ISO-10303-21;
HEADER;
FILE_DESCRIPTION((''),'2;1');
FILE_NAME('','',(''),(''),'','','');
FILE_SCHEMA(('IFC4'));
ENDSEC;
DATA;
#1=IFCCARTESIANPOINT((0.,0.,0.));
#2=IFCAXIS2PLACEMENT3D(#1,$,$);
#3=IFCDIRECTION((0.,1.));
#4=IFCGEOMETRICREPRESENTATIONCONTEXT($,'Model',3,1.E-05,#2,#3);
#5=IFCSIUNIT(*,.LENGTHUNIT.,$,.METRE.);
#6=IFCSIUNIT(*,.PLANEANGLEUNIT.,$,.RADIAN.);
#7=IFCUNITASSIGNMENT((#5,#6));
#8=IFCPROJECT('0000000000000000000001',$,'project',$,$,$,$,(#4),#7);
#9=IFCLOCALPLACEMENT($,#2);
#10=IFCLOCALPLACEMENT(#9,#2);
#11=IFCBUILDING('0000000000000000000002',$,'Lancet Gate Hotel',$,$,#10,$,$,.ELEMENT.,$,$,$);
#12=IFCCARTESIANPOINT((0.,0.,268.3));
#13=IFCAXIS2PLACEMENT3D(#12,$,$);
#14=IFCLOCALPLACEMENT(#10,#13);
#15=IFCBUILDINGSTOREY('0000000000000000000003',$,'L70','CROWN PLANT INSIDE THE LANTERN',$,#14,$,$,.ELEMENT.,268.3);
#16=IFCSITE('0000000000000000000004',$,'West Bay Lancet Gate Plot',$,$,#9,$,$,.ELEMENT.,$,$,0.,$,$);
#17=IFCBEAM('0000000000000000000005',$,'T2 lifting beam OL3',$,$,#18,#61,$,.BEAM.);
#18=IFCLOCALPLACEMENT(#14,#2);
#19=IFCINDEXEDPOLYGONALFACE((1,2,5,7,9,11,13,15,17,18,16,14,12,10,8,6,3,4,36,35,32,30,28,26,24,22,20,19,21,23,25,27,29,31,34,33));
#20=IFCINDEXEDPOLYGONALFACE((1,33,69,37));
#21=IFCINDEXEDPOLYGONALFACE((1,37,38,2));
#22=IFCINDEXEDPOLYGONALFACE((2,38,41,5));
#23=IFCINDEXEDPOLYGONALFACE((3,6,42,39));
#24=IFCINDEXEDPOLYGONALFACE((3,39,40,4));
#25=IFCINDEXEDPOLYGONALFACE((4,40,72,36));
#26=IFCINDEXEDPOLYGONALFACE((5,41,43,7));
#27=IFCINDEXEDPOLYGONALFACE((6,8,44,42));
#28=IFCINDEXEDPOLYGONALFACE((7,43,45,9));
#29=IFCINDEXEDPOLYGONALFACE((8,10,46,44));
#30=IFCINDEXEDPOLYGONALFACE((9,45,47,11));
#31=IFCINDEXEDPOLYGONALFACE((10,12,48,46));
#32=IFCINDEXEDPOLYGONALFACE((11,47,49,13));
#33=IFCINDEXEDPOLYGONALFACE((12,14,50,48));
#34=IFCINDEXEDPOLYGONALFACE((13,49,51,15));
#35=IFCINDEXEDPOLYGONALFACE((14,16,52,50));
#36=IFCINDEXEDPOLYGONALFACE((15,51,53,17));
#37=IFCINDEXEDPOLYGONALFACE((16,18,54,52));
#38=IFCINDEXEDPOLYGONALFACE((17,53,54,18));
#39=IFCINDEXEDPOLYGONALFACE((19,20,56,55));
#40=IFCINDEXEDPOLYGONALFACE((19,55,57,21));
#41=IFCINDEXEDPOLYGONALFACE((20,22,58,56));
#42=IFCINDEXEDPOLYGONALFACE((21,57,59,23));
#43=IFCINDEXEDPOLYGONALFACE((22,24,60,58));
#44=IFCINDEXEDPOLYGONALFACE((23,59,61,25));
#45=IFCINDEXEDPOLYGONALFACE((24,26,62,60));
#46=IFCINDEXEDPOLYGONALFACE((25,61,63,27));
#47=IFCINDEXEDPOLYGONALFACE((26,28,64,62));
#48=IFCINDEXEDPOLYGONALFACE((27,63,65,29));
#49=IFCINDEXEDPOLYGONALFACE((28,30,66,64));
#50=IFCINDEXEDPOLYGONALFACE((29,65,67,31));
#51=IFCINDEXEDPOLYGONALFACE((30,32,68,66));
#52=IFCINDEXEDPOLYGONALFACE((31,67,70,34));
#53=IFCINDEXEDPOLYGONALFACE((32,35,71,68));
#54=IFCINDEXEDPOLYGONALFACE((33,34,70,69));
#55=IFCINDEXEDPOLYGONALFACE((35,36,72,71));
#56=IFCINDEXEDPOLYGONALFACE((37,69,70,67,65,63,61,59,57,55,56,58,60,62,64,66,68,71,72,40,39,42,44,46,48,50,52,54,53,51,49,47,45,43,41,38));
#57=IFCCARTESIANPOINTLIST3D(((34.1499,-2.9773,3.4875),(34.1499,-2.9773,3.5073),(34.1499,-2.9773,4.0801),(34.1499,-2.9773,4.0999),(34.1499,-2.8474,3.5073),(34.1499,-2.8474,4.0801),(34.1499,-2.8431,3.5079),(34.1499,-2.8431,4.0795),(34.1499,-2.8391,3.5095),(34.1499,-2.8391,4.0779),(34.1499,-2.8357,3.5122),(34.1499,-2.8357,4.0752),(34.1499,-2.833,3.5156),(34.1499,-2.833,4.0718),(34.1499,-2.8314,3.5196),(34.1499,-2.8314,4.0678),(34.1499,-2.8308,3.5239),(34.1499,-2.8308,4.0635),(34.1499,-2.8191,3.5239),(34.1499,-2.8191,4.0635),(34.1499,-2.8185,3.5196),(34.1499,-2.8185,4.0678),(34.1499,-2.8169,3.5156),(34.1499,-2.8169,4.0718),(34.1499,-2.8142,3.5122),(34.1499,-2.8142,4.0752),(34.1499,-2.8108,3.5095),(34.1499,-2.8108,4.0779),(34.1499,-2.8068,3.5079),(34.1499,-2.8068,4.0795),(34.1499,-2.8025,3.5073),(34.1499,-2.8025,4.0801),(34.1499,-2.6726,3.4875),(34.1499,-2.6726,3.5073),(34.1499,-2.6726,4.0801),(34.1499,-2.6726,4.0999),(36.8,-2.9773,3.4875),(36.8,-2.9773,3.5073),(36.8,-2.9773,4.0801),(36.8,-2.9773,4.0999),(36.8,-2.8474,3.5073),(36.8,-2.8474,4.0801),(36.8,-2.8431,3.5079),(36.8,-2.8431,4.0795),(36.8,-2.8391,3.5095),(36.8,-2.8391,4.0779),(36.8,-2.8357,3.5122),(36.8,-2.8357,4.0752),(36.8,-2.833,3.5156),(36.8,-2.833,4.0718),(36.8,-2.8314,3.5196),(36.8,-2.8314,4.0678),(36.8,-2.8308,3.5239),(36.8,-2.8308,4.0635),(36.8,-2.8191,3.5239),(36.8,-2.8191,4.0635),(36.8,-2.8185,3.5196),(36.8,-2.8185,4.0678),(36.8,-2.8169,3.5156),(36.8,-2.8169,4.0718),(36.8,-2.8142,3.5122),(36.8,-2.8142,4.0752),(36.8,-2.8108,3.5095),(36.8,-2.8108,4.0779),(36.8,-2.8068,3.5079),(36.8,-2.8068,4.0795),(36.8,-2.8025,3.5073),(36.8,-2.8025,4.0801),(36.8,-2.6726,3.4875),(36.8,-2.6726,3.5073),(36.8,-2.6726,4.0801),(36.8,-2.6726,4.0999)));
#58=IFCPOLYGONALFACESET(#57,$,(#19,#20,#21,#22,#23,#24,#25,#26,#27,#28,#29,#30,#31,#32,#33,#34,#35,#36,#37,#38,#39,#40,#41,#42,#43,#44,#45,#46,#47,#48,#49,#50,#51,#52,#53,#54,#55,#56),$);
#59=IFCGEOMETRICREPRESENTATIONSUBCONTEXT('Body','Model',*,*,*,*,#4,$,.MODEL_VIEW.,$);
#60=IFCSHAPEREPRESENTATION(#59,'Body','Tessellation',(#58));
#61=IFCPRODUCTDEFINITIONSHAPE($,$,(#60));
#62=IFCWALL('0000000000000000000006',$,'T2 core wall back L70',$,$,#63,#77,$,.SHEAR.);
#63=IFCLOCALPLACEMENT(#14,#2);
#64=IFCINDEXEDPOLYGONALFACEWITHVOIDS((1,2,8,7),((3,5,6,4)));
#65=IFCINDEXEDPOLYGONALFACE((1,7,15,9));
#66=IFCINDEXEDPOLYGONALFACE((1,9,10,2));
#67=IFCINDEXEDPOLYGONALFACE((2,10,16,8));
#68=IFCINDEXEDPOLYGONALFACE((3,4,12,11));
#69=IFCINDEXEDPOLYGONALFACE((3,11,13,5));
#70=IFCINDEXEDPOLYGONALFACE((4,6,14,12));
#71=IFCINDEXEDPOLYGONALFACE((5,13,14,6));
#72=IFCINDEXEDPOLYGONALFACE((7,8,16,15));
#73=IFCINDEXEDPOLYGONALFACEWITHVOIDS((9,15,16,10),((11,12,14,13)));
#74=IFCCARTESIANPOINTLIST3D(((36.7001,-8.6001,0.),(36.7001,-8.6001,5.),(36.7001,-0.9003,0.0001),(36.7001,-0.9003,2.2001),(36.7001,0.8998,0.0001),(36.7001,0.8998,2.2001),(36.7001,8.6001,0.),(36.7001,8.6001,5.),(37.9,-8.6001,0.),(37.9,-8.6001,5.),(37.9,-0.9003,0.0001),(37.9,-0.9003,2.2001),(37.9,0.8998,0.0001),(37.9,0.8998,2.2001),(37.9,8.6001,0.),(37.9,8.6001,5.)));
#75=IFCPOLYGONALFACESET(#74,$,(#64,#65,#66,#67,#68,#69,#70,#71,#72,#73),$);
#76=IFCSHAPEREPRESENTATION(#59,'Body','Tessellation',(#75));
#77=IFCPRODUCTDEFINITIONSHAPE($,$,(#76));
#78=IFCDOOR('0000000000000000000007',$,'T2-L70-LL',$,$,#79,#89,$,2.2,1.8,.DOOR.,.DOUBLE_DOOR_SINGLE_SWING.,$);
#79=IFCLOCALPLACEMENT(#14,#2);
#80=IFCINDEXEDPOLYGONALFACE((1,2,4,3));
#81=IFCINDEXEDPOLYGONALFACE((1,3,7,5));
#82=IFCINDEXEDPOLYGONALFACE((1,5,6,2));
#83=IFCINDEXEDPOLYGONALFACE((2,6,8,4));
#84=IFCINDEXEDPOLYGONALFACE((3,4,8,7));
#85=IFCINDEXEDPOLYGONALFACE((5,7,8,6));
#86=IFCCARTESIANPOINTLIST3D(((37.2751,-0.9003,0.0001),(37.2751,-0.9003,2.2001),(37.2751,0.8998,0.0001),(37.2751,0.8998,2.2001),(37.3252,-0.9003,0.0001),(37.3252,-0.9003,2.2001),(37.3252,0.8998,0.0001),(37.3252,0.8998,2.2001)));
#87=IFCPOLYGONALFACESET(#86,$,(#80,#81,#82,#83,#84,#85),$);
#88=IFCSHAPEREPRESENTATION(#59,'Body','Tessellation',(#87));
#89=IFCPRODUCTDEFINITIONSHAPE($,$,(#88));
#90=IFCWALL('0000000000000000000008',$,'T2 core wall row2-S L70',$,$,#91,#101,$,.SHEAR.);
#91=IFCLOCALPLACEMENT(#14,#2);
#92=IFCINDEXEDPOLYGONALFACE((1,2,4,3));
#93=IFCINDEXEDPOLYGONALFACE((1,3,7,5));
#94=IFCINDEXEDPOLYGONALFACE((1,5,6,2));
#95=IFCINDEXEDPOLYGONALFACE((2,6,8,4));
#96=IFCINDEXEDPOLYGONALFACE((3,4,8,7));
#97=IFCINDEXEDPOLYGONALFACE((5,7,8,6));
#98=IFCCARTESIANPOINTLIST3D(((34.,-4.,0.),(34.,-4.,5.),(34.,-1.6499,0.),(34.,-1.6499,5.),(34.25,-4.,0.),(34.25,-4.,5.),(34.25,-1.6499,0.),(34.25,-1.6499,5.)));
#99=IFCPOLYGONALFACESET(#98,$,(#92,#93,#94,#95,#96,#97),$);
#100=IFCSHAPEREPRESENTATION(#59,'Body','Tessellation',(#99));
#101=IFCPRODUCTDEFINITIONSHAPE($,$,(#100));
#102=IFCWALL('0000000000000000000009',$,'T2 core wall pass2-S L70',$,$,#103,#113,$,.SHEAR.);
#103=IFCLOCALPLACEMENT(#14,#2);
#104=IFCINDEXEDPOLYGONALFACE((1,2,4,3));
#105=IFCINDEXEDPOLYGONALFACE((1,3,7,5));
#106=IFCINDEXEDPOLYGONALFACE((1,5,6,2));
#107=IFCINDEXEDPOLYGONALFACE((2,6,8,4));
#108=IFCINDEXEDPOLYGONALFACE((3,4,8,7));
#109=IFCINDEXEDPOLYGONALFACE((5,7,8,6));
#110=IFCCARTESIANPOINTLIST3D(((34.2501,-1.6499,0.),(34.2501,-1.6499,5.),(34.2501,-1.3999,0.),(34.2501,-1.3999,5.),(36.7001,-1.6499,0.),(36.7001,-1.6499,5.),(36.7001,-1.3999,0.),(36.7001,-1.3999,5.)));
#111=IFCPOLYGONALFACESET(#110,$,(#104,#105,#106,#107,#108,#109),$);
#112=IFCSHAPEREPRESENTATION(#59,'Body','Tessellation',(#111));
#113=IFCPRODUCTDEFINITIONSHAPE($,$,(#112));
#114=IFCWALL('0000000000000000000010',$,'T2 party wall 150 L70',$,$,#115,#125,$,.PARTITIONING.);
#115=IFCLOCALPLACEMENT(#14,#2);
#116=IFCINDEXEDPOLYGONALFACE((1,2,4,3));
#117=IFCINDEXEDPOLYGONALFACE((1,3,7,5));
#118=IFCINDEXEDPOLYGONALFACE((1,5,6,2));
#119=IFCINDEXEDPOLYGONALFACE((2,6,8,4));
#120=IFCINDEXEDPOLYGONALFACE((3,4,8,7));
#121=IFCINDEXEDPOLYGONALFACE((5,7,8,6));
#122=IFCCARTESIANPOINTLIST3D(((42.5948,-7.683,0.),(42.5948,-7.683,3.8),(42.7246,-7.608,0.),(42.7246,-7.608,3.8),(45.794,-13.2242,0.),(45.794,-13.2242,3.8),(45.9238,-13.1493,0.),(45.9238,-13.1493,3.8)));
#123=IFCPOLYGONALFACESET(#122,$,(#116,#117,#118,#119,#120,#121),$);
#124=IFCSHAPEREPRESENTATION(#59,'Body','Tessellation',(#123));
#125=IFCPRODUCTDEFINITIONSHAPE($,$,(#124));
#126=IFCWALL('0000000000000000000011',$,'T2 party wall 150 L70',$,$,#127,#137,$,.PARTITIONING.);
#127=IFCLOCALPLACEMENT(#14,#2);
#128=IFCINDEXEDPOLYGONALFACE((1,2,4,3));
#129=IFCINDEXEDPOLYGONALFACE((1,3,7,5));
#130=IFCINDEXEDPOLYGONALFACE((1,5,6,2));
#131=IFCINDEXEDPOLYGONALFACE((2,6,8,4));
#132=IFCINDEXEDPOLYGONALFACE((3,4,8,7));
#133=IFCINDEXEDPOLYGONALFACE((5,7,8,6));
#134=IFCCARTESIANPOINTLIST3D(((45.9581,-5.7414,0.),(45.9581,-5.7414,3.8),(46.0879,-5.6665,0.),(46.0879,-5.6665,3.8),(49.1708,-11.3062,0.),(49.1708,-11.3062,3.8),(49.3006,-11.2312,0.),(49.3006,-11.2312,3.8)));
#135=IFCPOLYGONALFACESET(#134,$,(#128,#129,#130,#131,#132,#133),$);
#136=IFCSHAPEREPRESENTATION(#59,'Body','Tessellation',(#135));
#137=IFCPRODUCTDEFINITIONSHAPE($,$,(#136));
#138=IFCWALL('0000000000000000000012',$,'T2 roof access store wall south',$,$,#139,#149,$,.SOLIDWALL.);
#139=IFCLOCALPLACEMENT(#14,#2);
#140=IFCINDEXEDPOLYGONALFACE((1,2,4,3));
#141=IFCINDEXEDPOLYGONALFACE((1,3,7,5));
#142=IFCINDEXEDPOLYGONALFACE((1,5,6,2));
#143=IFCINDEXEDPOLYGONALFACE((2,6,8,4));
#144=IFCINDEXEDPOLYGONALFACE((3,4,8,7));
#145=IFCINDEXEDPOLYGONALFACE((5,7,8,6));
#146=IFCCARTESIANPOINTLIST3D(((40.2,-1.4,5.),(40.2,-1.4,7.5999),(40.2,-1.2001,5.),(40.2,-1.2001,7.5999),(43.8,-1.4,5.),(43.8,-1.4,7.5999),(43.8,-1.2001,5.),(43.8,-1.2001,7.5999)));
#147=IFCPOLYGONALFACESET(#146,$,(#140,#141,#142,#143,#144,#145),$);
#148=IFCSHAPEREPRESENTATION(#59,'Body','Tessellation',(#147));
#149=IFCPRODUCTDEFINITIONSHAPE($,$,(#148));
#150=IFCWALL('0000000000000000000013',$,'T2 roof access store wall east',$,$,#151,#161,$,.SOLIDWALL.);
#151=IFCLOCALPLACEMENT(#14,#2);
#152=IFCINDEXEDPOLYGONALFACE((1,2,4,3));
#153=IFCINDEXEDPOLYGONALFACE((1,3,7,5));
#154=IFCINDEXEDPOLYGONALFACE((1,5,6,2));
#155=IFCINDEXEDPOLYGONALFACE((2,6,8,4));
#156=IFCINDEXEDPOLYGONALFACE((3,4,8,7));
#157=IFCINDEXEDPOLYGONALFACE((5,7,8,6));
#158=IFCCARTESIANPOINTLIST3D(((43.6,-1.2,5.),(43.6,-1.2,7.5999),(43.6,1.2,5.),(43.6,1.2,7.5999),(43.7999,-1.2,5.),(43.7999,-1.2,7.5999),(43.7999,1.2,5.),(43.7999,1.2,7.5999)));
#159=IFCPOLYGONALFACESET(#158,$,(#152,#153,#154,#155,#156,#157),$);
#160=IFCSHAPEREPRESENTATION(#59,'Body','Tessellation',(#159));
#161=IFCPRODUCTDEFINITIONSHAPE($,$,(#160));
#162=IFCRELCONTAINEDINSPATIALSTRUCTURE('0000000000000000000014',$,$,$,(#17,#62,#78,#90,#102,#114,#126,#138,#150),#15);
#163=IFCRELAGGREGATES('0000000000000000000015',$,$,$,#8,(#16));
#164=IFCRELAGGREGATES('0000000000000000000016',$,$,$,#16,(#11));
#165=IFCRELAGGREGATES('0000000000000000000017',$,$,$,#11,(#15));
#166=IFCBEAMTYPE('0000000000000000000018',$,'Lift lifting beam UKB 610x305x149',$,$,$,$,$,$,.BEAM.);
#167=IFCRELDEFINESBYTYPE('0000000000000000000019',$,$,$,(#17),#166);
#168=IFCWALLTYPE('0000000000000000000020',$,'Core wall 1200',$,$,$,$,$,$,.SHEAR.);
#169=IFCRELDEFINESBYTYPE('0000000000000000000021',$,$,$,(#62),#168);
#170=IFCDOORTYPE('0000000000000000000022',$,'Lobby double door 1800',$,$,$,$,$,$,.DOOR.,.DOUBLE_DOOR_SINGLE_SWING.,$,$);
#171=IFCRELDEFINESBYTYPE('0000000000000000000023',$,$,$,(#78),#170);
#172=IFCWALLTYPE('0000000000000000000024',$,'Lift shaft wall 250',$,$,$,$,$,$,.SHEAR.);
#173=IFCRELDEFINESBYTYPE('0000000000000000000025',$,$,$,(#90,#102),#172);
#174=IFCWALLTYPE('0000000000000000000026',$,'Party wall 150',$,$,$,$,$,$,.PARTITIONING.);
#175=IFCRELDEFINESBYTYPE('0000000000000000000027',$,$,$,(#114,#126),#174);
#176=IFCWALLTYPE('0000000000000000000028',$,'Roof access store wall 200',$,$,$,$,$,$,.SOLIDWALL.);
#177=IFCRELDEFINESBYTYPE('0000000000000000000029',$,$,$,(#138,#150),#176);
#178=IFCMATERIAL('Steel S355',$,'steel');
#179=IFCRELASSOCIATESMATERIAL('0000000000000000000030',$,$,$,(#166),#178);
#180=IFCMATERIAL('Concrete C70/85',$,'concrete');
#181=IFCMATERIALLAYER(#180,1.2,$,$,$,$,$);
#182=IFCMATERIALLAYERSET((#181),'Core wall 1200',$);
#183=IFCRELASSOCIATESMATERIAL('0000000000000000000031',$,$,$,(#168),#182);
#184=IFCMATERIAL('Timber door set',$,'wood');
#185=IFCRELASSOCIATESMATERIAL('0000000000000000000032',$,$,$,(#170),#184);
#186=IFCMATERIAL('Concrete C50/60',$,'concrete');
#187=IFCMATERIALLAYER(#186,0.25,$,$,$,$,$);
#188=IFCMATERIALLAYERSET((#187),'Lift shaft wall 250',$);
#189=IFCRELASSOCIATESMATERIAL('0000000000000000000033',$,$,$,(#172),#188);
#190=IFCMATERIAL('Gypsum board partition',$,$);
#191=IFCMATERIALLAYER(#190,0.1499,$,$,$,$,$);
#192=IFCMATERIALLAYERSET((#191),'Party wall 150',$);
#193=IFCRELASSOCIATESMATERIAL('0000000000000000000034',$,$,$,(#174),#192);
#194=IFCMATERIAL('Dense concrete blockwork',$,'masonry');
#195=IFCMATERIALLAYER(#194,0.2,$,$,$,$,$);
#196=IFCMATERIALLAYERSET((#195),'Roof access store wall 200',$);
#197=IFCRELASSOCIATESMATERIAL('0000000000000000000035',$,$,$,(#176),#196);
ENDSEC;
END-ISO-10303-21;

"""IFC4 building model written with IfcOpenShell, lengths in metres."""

from ifc_helpers import new_model, si_unit, direction, frame, frame_2d, origin, origin_2d, place, context, subcontext, project, spatial, rectangle, i_section, extrude, material, layer, layer_set, material_profile, profile_set, type_object, element, fill, save


model = new_model("IFC4")

# Units and contexts
model_context = context("Model", 3, precision=1e-05, world=origin(), true_north=direction((0.0, 1.0)))
body_context = subcontext(model_context, "Body", "Model", "MODEL_VIEW")
ifc_project = project(units=[si_unit("LENGTHUNIT", "METRE"), si_unit("PLANEANGLEUNIT", "RADIAN")], contexts=[model_context])

# Site, building, storey
site_placement = place(None, origin())
site = spatial("IfcSite", under=ifc_project, at=site_placement, Name="West Bay Lancet Gate Plot", CompositionType="ELEMENT", RefElevation=0.0)
building_placement = place(site_placement, origin())
building = spatial("IfcBuilding", under=site, at=building_placement, Name="Lancet Gate Hotel", CompositionType="ELEMENT")
storey_placement = place(building_placement, frame((0.0, 0.0, 268.3)))
storey = spatial("IfcBuildingStorey", under=building, at=storey_placement, Name="L70", Description="CROWN PLANT INSIDE THE LANTERN", CompositionType="ELEMENT", Elevation=268.3)

# Beam
ifc_material_1 = material(Name="Steel S355", Category="steel")
ifc_material_profile_1 = material_profile(ifc_material_1, i_section(OverallWidth=0.3047, OverallDepth=0.6123, WebThickness=0.0117, FlangeThickness=0.0198, FilletRadius=0.0166, at=origin_2d()), Name="UKB 610x305x149")
ifc_profile_set_1 = profile_set([ifc_material_profile_1], Name="Steel S355")
beam_type_1 = type_object("IfcBeamType", Name="Lift lifting beam UKB 610x305x149", PredefinedType="BEAM", material=ifc_profile_set_1)
beam_1_placement = place(storey_placement, frame((34.1499, -2.825, 3.7937), z_axis=(1.0, 0.0, 0.0), x_axis=(0.0, 1.0, 0.0)))
element("IfcBeam", 1, at=beam_1_placement, inside=storey, type_object=beam_type_1, Name="T2 lifting beam OL3", PredefinedType="BEAM", context=body_context, shape_type="SweptSolid", body=[
    extrude(i_section(OverallWidth=0.3047, OverallDepth=0.6123, WebThickness=0.0117, FlangeThickness=0.0198, FilletRadius=0.0166, at=origin_2d()), origin(), (0.0, 0.0, 1.0), 2.6501),
])

# Wall, opening, door
ifc_material_2 = material(Name="Concrete C70/85", Category="concrete")
ifc_layer_1 = layer(ifc_material_2, 1.2)
ifc_layer_set_1 = layer_set([ifc_layer_1], Name="Core wall 1200")
wall_type_1 = type_object("IfcWallType", Name="Core wall 1200", PredefinedType="SHEAR", material=ifc_layer_set_1)
wall_1_placement = place(storey_placement, frame((37.3, -8.6001, 0.0), z_axis=(0.0, 0.0, 1.0), x_axis=(0.0, 1.0, 0.0)))
wall_1 = element("IfcWall", 2, at=wall_1_placement, inside=storey, type_object=wall_type_1, Name="T2 core wall back L70", PredefinedType="SHEAR", context=body_context, shape_type="SweptSolid", body=[
    extrude(rectangle(XDim=17.2002, YDim=1.2, at=frame_2d((8.6001, 0.0))), origin(), (0.0, 0.0, 1.0), 5.0),
])
opening_1_placement = place(wall_1_placement, frame((7.7, 0.0, 0.0)))
opening_1 = element("IfcOpeningElement", 3, at=opening_1_placement, cuts=wall_1, PredefinedType="OPENING", context=body_context, shape_type="SweptSolid", body=[
    extrude(rectangle(XDim=1.8, YDim=2.2, at=frame_2d((0.8999, 1.1001))), frame((0.0, 0.6099, 0.0), z_axis=(0.0, -1.0, 0.0), x_axis=(1.0, 0.0, 0.0)), (0.0, 0.0, 1.0), 1.22),
])
ifc_material_3 = material(Name="Timber door set", Category="wood")
door_type_1 = type_object("IfcDoorType", Name="Lobby double door 1800", OperationType="DOUBLE_DOOR_SINGLE_SWING", PredefinedType="DOOR", material=ifc_material_3)
door_1_placement = place(opening_1_placement, origin())
door_1 = element("IfcDoor", 4, at=door_1_placement, inside=storey, type_object=door_type_1, Name="T2-L70-LL", OperationType="DOUBLE_DOOR_SINGLE_SWING", OverallHeight=2.2, OverallWidth=1.8, PredefinedType="DOOR", context=body_context, shape_type="SweptSolid", body=[
    extrude(rectangle(XDim=1.8, YDim=2.2, at=frame_2d((0.8999, 1.1001))), frame((0.0, 0.0249, 0.0), z_axis=(0.0, -1.0, 0.0), x_axis=(1.0, 0.0, 0.0)), (0.0, 0.0, 1.0), 0.05),
])
fill(opening_1, door_1)

# Walls
ifc_material_4 = material(Name="Concrete C50/60", Category="concrete")
ifc_layer_2 = layer(ifc_material_4, 0.25)
ifc_layer_set_2 = layer_set([ifc_layer_2], Name="Lift shaft wall 250")
wall_type_2 = type_object("IfcWallType", Name="Lift shaft wall 250", PredefinedType="SHEAR", material=ifc_layer_set_2)
wall_2_placement = place(storey_placement, frame((34.125, -4.0, 0.0), z_axis=(0.0, 0.0, 1.0), x_axis=(0.0, 1.0, 0.0)))
element("IfcWall", 5, at=wall_2_placement, inside=storey, type_object=wall_type_2, Name="T2 core wall row2-S L70", PredefinedType="SHEAR", context=body_context, shape_type="SweptSolid", body=[
    extrude(rectangle(XDim=2.3501, YDim=0.25, at=frame_2d((1.175, 0.0))), origin(), (0.0, 0.0, 1.0), 5.0),
])
wall_3_placement = place(storey_placement, frame((34.25, -1.5249, 0.0), z_axis=(0.0, 0.0, 1.0), x_axis=(1.0, 0.0, 0.0)))
element("IfcWall", 6, at=wall_3_placement, inside=storey, type_object=wall_type_2, Name="T2 core wall pass2-S L70", PredefinedType="SHEAR", context=body_context, shape_type="SweptSolid", body=[
    extrude(rectangle(XDim=2.45, YDim=0.25, at=frame_2d((1.2251, 0.0))), origin(), (0.0, 0.0, 1.0), 5.0),
])
ifc_material_5 = material(Name="Gypsum board partition")
ifc_layer_3 = layer(ifc_material_5, 0.1499)
ifc_layer_set_3 = layer_set([ifc_layer_3], Name="Party wall 150")
wall_type_3 = type_object("IfcWallType", Name="Party wall 150", PredefinedType="PARTITIONING", material=ifc_layer_set_3)
wall_4_placement = place(storey_placement, frame((42.6597, -7.6455, 0.0), z_axis=(0.0, 0.0, 1.0), x_axis=(0.499997, -0.866027, 0.0)))
element("IfcWall", 7, at=wall_4_placement, inside=storey, type_object=wall_type_3, Name="T2 party wall 150 L70", PredefinedType="PARTITIONING", context=body_context, shape_type="SweptSolid", body=[
    extrude(rectangle(XDim=6.3984, YDim=0.1499, at=frame_2d((3.1992, 0.0))), origin(), (0.0, 0.0, 1.0), 3.8),
])
wall_5_placement = place(storey_placement, frame((46.0229, -5.7039, 0.0), z_axis=(0.0, 0.0, 1.0), x_axis=(0.499984, -0.866034, 0.0)))
element("IfcWall", 8, at=wall_5_placement, inside=storey, type_object=wall_type_3, Name="T2 party wall 150 L70", PredefinedType="PARTITIONING", context=body_context, shape_type="SweptSolid", body=[
    extrude(rectangle(XDim=6.4255, YDim=0.1499, at=frame_2d((3.2129, 0.0))), origin(), (0.0, 0.0, 1.0), 3.8),
])
ifc_material_6 = material(Name="Dense concrete blockwork", Category="masonry")
ifc_layer_4 = layer(ifc_material_6, 0.2)
ifc_layer_set_4 = layer_set([ifc_layer_4], Name="Roof access store wall 200")
wall_type_4 = type_object("IfcWallType", Name="Roof access store wall 200", PredefinedType="SOLIDWALL", material=ifc_layer_set_4)
wall_6_placement = place(storey_placement, frame((40.2, -1.3, 5.0), z_axis=(0.0, 0.0, 1.0), x_axis=(1.0, 0.0, 0.0)))
element("IfcWall", 9, at=wall_6_placement, inside=storey, type_object=wall_type_4, Name="T2 roof access store wall south", PredefinedType="SOLIDWALL", context=body_context, shape_type="SweptSolid", body=[
    extrude(rectangle(XDim=3.6001, YDim=0.2, at=frame_2d((1.8, 0.0))), origin(), (0.0, 0.0, 1.0), 2.5999),
])
wall_7_placement = place(storey_placement, frame((43.7, -1.2, 5.0), z_axis=(0.0, 0.0, 1.0), x_axis=(0.0, 1.0, 0.0)))
element("IfcWall", 10, at=wall_7_placement, inside=storey, type_object=wall_type_4, Name="T2 roof access store wall east", PredefinedType="SOLIDWALL", context=body_context, shape_type="SweptSolid", body=[
    extrude(rectangle(XDim=2.3999, YDim=0.2, at=frame_2d((1.2, 0.0))), origin(), (0.0, 0.0, 1.0), 2.5999),
])

save(model, "model.ifc")
